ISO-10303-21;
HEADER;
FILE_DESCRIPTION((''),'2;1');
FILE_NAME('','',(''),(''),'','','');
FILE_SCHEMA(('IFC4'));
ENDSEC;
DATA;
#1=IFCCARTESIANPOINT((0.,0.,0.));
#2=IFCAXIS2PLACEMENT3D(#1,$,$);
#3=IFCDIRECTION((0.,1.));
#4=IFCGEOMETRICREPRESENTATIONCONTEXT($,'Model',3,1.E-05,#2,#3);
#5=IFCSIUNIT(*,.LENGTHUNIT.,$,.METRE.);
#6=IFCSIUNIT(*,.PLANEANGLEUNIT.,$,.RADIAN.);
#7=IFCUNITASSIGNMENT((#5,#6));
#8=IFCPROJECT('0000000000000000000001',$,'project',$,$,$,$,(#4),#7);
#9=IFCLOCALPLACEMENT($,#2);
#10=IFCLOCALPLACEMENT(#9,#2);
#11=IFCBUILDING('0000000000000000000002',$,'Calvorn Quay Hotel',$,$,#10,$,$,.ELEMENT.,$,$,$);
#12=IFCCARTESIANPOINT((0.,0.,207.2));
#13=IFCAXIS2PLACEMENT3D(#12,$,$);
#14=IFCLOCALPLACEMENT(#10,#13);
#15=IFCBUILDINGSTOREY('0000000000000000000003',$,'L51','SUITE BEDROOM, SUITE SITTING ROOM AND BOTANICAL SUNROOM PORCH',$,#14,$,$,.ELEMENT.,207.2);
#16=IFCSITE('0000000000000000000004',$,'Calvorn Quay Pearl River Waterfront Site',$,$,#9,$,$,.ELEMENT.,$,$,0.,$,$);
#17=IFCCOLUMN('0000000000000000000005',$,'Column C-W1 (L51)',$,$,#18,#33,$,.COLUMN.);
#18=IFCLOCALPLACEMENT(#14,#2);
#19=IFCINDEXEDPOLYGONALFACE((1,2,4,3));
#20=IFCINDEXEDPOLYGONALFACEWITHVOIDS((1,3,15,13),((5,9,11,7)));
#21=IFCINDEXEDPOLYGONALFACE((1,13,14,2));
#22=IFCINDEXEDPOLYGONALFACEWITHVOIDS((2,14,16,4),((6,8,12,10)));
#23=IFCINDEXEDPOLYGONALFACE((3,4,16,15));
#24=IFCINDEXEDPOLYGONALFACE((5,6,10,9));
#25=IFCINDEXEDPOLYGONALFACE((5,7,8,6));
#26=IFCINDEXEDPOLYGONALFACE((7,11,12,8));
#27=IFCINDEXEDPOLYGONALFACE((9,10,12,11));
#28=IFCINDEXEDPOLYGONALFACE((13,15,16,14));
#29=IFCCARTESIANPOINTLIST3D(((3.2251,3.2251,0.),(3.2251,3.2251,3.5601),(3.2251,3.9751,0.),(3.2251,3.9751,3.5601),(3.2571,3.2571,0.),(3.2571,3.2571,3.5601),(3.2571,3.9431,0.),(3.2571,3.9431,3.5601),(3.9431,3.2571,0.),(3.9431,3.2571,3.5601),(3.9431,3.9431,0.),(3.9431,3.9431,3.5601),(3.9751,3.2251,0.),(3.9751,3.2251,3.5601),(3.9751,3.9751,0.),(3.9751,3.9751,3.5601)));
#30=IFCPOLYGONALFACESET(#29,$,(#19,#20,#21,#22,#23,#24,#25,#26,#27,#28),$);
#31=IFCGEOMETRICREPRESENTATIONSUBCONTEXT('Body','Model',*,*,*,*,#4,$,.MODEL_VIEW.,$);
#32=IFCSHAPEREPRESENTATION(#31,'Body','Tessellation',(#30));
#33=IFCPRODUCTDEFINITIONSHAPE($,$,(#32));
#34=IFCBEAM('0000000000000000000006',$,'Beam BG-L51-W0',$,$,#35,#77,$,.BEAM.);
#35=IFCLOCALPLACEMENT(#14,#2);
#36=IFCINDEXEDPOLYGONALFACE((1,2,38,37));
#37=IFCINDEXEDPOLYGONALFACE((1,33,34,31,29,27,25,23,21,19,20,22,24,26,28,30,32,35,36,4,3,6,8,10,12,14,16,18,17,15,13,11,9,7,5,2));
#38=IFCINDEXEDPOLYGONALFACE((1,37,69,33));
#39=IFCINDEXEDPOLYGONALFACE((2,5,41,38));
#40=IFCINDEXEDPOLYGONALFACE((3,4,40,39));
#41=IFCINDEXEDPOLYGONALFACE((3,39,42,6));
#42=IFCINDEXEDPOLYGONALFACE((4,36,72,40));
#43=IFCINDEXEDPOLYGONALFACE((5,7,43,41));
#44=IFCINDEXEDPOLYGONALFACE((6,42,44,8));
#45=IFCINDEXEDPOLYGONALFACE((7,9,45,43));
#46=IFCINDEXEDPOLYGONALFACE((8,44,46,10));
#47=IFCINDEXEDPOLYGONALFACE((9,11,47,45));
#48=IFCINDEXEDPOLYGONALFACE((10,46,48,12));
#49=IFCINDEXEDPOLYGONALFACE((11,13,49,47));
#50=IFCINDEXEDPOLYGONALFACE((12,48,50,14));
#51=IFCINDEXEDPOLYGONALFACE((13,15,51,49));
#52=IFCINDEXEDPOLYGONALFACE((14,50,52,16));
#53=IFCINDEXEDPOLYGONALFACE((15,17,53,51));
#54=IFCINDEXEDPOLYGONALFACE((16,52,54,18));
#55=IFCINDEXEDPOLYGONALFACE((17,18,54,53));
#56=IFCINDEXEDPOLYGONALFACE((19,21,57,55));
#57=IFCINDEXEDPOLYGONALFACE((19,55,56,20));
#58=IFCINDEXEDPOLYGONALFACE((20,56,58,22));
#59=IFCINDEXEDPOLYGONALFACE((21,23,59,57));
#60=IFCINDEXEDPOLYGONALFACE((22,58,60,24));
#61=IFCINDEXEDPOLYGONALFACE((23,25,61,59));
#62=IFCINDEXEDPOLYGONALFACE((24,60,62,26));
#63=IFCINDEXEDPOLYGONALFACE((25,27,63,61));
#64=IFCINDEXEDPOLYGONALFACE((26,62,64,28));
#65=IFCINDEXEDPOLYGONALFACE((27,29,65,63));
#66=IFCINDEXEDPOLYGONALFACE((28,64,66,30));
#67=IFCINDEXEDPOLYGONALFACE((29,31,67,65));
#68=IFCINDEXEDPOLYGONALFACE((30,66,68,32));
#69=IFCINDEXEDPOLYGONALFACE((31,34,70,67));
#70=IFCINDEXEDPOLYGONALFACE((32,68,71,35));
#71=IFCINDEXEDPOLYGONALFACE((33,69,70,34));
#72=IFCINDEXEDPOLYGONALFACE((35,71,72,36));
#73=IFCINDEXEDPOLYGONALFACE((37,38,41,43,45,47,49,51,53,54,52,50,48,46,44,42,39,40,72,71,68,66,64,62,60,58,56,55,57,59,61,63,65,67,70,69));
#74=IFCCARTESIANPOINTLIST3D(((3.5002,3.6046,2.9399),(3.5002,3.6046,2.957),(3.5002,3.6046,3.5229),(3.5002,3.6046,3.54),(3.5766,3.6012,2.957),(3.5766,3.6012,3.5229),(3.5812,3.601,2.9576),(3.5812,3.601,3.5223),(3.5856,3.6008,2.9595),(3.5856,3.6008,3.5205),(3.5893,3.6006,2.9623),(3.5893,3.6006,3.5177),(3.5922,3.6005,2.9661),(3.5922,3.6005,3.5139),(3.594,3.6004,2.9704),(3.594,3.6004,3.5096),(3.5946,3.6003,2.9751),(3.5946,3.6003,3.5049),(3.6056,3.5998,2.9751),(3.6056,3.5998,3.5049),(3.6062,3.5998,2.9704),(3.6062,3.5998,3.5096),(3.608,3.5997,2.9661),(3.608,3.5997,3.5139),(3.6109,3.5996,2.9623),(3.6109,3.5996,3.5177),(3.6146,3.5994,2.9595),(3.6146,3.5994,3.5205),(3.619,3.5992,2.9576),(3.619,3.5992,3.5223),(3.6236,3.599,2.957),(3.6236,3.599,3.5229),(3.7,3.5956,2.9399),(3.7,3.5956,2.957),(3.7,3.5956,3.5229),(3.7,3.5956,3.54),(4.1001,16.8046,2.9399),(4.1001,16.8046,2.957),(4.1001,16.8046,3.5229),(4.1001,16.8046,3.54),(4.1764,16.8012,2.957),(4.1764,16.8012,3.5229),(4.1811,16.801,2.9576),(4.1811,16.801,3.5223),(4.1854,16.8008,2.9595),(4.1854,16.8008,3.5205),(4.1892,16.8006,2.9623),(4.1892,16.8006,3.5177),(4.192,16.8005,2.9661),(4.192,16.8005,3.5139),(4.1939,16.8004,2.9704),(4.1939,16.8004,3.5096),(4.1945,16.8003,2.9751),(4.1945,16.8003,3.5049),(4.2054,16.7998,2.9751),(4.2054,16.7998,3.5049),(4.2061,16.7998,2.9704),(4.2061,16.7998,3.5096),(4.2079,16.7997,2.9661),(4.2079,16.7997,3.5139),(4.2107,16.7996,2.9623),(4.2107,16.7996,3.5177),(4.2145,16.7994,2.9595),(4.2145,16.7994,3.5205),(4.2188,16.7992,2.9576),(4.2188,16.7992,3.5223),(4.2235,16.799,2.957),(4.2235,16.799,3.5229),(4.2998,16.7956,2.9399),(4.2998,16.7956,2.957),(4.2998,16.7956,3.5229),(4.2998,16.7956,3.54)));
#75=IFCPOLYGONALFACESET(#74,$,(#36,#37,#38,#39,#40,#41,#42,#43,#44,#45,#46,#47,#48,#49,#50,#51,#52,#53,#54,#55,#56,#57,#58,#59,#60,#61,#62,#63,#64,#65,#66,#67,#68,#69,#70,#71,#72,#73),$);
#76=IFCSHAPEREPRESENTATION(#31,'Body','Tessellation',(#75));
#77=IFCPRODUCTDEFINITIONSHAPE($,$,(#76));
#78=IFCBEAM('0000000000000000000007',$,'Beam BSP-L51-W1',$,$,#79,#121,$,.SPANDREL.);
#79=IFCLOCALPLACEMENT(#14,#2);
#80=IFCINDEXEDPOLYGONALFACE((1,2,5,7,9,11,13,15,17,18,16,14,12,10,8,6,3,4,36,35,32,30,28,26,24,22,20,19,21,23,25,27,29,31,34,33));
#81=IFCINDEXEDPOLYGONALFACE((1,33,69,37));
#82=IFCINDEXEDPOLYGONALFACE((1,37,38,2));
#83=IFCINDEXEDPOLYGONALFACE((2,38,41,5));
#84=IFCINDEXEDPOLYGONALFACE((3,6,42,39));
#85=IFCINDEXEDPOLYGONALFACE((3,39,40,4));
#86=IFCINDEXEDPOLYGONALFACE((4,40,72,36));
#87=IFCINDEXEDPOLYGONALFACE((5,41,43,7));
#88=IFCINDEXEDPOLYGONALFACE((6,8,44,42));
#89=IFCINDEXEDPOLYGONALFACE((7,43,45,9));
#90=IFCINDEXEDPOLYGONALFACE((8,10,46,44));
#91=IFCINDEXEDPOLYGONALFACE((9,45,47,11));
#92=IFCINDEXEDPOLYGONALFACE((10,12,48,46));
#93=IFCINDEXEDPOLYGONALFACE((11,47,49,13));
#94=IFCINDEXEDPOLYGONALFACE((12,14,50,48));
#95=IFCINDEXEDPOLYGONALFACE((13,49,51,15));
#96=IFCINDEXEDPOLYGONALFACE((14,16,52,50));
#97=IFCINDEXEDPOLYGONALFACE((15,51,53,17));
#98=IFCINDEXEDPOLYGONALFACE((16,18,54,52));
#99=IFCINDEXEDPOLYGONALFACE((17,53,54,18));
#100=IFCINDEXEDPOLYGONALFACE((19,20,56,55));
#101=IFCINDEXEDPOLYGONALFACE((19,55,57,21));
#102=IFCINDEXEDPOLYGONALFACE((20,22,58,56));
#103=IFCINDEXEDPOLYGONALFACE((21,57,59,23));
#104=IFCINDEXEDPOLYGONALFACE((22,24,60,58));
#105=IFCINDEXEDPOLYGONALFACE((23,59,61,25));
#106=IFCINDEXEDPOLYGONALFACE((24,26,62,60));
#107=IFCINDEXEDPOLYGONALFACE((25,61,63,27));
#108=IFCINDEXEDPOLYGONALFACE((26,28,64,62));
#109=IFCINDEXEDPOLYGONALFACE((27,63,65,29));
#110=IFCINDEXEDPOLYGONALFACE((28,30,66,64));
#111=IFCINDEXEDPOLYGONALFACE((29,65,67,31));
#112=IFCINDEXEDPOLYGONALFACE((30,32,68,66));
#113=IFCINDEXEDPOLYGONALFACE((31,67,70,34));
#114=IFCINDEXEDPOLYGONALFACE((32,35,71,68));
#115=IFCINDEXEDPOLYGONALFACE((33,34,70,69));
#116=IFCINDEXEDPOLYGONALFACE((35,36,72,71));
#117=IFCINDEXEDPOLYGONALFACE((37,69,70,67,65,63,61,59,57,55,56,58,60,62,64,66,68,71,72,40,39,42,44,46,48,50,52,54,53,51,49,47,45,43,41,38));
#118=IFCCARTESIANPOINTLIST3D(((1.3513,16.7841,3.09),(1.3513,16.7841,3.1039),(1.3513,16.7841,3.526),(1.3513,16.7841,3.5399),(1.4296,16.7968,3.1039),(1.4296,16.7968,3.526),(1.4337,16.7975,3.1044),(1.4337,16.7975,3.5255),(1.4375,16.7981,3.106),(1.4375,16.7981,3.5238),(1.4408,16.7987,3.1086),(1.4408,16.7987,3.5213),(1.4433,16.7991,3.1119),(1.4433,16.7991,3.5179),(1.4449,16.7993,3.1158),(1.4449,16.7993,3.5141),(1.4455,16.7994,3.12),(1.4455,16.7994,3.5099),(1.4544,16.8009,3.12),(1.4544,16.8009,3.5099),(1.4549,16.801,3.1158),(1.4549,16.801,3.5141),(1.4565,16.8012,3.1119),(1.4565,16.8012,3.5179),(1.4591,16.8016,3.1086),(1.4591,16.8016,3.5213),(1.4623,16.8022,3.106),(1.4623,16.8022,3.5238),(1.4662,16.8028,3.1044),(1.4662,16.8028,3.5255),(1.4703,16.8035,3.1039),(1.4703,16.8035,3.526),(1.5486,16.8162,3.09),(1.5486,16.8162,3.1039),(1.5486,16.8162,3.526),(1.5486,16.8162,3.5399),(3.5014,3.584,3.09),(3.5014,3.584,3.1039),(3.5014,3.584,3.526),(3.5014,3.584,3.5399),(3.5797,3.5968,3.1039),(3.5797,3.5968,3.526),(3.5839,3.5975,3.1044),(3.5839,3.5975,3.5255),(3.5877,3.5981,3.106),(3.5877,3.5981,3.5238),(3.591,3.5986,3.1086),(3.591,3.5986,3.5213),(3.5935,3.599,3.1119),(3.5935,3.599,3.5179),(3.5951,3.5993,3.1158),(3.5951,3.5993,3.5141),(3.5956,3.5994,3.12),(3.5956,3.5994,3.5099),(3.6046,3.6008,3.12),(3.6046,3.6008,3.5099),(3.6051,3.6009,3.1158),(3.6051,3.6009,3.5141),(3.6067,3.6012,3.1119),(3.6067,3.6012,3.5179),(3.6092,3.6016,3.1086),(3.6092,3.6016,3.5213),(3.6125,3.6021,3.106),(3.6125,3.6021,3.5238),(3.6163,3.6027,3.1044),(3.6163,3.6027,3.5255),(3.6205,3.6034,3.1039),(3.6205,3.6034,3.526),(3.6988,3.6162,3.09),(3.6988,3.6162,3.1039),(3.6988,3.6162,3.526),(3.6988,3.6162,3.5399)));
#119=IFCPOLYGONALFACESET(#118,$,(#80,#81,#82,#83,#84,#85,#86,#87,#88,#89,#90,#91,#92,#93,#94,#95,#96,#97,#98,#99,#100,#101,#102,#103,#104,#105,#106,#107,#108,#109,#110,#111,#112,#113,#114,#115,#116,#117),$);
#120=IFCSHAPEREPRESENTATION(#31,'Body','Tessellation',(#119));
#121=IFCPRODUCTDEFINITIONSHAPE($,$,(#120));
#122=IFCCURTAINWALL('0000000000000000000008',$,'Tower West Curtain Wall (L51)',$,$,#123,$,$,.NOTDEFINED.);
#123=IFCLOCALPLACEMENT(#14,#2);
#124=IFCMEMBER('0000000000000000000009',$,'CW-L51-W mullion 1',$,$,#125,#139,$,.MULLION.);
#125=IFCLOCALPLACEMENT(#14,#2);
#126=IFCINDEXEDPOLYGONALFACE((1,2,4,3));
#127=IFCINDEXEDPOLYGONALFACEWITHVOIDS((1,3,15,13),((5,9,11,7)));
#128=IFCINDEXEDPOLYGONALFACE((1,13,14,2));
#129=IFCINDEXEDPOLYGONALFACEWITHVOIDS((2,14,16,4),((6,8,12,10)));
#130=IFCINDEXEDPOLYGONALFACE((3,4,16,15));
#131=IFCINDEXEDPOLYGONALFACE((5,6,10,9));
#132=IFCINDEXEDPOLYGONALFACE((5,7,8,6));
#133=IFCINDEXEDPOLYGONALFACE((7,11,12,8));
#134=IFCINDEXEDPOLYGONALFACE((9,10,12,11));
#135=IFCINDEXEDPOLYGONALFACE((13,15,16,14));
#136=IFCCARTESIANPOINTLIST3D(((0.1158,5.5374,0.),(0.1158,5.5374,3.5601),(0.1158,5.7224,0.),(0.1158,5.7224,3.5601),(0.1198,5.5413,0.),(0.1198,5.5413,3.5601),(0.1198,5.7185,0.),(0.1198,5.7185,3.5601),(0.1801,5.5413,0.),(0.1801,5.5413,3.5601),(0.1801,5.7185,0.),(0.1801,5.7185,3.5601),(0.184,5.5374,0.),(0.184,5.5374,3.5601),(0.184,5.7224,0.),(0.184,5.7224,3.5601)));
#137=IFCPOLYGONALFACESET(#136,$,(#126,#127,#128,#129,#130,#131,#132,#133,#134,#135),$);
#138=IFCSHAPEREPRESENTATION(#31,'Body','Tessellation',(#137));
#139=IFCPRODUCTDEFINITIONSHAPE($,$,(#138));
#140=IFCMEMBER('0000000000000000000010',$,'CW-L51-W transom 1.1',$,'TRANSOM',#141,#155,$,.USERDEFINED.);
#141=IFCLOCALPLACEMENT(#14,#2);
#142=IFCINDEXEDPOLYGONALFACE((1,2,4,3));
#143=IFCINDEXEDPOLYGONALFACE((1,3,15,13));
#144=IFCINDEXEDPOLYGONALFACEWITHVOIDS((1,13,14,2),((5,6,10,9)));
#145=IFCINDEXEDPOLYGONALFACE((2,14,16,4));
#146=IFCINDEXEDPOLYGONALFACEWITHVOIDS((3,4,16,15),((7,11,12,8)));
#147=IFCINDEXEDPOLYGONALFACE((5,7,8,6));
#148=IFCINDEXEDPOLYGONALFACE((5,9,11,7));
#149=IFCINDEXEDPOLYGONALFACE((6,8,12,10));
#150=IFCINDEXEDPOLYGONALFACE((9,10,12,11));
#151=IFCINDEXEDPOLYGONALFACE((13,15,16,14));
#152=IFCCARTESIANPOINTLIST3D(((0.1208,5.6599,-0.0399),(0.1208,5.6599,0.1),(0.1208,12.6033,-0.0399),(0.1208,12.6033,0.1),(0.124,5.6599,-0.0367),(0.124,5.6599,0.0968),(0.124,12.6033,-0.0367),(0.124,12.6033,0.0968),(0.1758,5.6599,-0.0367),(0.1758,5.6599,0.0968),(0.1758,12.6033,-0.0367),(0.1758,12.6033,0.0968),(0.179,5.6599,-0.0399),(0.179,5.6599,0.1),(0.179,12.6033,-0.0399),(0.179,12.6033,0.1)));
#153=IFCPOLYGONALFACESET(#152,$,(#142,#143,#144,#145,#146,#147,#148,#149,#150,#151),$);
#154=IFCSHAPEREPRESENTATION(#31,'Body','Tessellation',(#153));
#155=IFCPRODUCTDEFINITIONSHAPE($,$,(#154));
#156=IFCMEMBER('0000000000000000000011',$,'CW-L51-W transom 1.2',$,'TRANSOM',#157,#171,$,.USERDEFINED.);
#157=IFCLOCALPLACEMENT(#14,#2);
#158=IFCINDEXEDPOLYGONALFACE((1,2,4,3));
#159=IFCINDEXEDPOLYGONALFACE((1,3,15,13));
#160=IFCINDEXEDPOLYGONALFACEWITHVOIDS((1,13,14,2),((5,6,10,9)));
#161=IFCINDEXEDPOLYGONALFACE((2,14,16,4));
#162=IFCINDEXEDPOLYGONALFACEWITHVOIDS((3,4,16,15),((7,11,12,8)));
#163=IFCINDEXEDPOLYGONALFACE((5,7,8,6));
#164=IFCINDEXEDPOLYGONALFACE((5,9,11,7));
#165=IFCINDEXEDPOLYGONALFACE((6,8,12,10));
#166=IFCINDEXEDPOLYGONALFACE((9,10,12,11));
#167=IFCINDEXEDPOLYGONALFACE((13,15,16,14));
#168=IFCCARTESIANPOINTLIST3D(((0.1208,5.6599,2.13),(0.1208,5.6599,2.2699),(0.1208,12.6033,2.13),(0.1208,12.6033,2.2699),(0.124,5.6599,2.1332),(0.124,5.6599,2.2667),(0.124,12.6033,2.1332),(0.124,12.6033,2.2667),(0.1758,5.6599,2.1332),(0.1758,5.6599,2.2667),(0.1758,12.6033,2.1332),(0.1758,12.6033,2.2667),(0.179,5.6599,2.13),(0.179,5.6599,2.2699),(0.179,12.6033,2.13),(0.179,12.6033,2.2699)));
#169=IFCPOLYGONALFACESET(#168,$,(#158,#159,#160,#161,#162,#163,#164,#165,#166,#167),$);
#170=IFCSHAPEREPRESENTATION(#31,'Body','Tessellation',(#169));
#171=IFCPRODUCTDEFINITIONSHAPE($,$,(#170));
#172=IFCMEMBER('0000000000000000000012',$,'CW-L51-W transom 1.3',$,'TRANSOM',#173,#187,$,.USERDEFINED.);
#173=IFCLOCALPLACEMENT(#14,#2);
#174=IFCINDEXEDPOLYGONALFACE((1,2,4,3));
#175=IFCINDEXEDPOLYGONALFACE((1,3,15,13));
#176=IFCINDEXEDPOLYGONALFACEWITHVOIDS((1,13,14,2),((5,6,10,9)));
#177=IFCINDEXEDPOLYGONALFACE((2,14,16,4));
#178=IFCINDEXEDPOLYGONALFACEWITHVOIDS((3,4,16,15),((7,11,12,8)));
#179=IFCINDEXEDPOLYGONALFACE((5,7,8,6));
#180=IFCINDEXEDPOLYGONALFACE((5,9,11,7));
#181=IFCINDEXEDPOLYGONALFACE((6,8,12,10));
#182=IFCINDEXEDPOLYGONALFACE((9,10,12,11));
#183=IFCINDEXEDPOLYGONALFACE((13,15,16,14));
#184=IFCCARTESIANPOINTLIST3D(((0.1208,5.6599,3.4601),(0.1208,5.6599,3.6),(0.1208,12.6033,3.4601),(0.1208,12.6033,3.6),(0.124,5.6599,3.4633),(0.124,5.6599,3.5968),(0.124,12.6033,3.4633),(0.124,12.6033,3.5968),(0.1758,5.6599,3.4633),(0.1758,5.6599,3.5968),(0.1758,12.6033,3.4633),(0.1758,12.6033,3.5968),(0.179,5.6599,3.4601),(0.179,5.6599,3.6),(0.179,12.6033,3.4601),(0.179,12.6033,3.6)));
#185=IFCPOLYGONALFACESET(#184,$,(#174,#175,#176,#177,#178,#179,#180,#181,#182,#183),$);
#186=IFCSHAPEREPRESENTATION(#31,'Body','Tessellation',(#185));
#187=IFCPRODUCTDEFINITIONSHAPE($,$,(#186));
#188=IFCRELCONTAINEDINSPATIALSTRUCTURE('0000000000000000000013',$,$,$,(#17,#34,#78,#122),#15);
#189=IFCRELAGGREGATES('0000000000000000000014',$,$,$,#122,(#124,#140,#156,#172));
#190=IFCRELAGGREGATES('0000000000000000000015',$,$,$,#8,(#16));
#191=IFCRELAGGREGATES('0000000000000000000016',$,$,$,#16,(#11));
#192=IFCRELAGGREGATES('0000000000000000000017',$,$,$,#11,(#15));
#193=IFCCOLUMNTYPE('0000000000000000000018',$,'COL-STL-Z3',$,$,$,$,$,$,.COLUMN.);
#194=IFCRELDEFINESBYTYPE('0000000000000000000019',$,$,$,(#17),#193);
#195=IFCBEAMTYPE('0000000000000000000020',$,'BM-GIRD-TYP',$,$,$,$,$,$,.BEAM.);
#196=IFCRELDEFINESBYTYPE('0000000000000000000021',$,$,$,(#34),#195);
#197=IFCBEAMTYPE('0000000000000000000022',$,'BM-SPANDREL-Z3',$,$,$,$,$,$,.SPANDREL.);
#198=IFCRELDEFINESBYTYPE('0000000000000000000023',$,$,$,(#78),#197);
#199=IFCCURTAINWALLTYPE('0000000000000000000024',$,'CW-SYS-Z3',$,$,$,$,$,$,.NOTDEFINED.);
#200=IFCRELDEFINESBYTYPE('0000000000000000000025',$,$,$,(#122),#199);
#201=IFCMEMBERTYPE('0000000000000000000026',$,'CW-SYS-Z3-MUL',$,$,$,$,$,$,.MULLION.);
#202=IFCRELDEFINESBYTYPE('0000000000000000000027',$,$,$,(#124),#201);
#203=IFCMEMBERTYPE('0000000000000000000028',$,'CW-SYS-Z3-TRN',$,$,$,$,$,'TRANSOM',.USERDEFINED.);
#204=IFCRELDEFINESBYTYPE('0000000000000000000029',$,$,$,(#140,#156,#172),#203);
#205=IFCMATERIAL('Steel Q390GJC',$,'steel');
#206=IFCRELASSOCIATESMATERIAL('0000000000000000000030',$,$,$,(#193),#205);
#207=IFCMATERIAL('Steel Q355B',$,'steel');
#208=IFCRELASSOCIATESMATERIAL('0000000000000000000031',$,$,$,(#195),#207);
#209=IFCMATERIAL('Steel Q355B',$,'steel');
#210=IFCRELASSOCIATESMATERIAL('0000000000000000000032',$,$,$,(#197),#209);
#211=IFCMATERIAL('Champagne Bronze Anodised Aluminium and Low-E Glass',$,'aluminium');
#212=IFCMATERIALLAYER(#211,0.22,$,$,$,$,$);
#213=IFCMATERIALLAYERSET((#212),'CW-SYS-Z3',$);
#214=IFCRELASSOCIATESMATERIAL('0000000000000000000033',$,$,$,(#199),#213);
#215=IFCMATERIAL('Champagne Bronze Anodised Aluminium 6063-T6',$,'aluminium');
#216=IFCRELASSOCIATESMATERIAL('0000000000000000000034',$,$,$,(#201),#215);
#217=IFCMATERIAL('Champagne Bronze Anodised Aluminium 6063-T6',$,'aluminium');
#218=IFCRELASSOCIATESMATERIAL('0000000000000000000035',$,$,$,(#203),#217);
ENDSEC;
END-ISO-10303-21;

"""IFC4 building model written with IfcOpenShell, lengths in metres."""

from ifc_helpers import new_model, si_unit, direction, frame, origin, origin_2d, place, context, subcontext, project, spatial, hollow_rectangle, i_section, extrude, material, layer, layer_set, material_profile, profile_set, type_object, element, aggregate, save


model = new_model("IFC4")

# Units and contexts
model_context = context("Model", 3, precision=1e-05, world=origin(), true_north=direction((0.0, 1.0)))
body_context = subcontext(model_context, "Body", "Model", "MODEL_VIEW")
ifc_project = project(units=[si_unit("LENGTHUNIT", "METRE"), si_unit("PLANEANGLEUNIT", "RADIAN")], contexts=[model_context])

# Site, building, storey
site_placement = place(None, origin())
site = spatial("IfcSite", under=ifc_project, at=site_placement, Name="Calvorn Quay Pearl River Waterfront Site", CompositionType="ELEMENT", RefElevation=0.0)
building_placement = place(site_placement, origin())
building = spatial("IfcBuilding", under=site, at=building_placement, Name="Calvorn Quay Hotel", CompositionType="ELEMENT")
storey_placement = place(building_placement, frame((0.0, 0.0, 207.2)))
storey = spatial("IfcBuildingStorey", under=building, at=storey_placement, Name="L51", Description="SUITE BEDROOM, SUITE SITTING ROOM AND BOTANICAL SUNROOM PORCH", CompositionType="ELEMENT", Elevation=207.2)

# Column
ifc_material_1 = material(Name="Steel Q390GJC", Category="steel")
ifc_material_profile_1 = material_profile(ifc_material_1, hollow_rectangle(XDim=0.75, YDim=0.75, WallThickness=0.032, at=origin_2d()), Name="BOX750x750x32")
ifc_profile_set_1 = profile_set([ifc_material_profile_1], Name="Steel Q390GJC")
column_type = type_object("IfcColumnType", Name="COL-STL-Z3", PredefinedType="COLUMN", material=ifc_profile_set_1)
column_placement = place(storey_placement, frame((3.6001, 3.6001, 0.0), z_axis=(0.0, 0.0, 1.0), x_axis=(1.0, 0.0, 0.0)))
element("IfcColumn", 1, at=column_placement, inside=storey, type_object=column_type, Name="Column C-W1 (L51)", PredefinedType="COLUMN", context=body_context, shape_type="SweptSolid", body=[
    extrude(hollow_rectangle(XDim=0.75, YDim=0.75, WallThickness=0.032, at=origin_2d()), origin(), (0.0, 0.0, 1.0), 3.5601),
])

# Beams
ifc_material_2 = material(Name="Steel Q355B", Category="steel")
ifc_material_profile_2 = material_profile(ifc_material_2, i_section(OverallWidth=0.2, OverallDepth=0.6001, WebThickness=0.011, FlangeThickness=0.0171, FilletRadius=0.0181, at=origin_2d()), Name="HN600x200x11x17")
ifc_profile_set_2 = profile_set([ifc_material_profile_2], Name="Steel Q355B")
beam_type_1 = type_object("IfcBeamType", Name="BM-GIRD-TYP", PredefinedType="BEAM", material=ifc_profile_set_2)
beam_1_placement = place(storey_placement, frame((3.6001, 3.6001, 3.24), z_axis=(0.045397, 0.998969, 0.0), x_axis=(-0.998969, 0.045397, 0.0)))
element("IfcBeam", 2, at=beam_1_placement, inside=storey, type_object=beam_type_1, Name="Beam BG-L51-W0", PredefinedType="BEAM", context=body_context, shape_type="SweptSolid", body=[
    extrude(i_section(OverallWidth=0.2, OverallDepth=0.6001, WebThickness=0.011, FlangeThickness=0.0171, FilletRadius=0.0181, at=origin_2d()), origin(), (0.0, 0.0, 1.0), 13.2136),
])
ifc_material_3 = material(Name="Steel Q355B", Category="steel")
ifc_material_profile_3 = material_profile(ifc_material_3, i_section(OverallWidth=0.2, OverallDepth=0.45, WebThickness=0.009, FlangeThickness=0.0139, FilletRadius=0.0161, at=origin_2d()), Name="HN450x200x9x14")
ifc_profile_set_3 = profile_set([ifc_material_profile_3], Name="Steel Q355B")
beam_type_2 = type_object("IfcBeamType", Name="BM-SPANDREL-Z3", PredefinedType="SPANDREL", material=ifc_profile_set_3)
beam_2_placement = place(storey_placement, frame((3.6001, 3.6001, 3.3149), z_axis=(-0.160772, 0.986992, 0.0), x_axis=(-0.986992, -0.160772, 0.0)))
element("IfcBeam", 3, at=beam_2_placement, inside=storey, type_object=beam_type_2, Name="Beam BSP-L51-W1", PredefinedType="SPANDREL", context=body_context, shape_type="SweptSolid", body=[
    extrude(i_section(OverallWidth=0.2, OverallDepth=0.45, WebThickness=0.009, FlangeThickness=0.0139, FilletRadius=0.0161, at=origin_2d()), origin(), (0.0, 0.0, 1.0), 13.374),
])

# Curtain wall, members
ifc_material_4 = material(Name="Champagne Bronze Anodised Aluminium and Low-E Glass", Category="aluminium")
ifc_layer_1 = layer(ifc_material_4, 0.22)
ifc_layer_set_1 = layer_set([ifc_layer_1], Name="CW-SYS-Z3")
curtain_wall_type = type_object("IfcCurtainWallType", Name="CW-SYS-Z3", PredefinedType="NOTDEFINED", material=ifc_layer_set_1)
curtain_wall_placement = place(storey_placement, origin())
curtain_wall = element("IfcCurtainWall", 4, at=curtain_wall_placement, inside=storey, type_object=curtain_wall_type, Name="Tower West Curtain Wall (L51)", PredefinedType="NOTDEFINED")
ifc_material_5 = material(Name="Champagne Bronze Anodised Aluminium 6063-T6", Category="aluminium")
ifc_material_profile_4 = material_profile(ifc_material_5, hollow_rectangle(XDim=0.0681, YDim=0.1851, WallThickness=0.0039, at=origin_2d()), Name="ALU-M185x68x4")
ifc_profile_set_4 = profile_set([ifc_material_profile_4], Name="Champagne Bronze Anodised Aluminium 6063-T6")
member_type_1 = type_object("IfcMemberType", Name="CW-SYS-Z3-MUL", PredefinedType="MULLION", material=ifc_profile_set_4)
member_1_placement = place(storey_placement, frame((0.1499, 5.6299, 0.0), z_axis=(0.0, 0.0, 1.0), x_axis=(-1.0, 0.0, 0.0)))
member_1 = element("IfcMember", 5, at=member_1_placement, type_object=member_type_1, Name="CW-L51-W mullion 1", PredefinedType="MULLION", context=body_context, shape_type="SweptSolid", body=[
    extrude(hollow_rectangle(XDim=0.0681, YDim=0.1851, WallThickness=0.0039, at=origin_2d()), origin(), (0.0, 0.0, 1.0), 3.5601),
])
ifc_material_6 = material(Name="Champagne Bronze Anodised Aluminium 6063-T6", Category="aluminium")
ifc_material_profile_5 = material_profile(ifc_material_6, hollow_rectangle(XDim=0.0581, YDim=0.1399, WallThickness=0.0032, at=origin_2d()), Name="ALU-T140x58x3.2")
ifc_profile_set_5 = profile_set([ifc_material_profile_5], Name="Champagne Bronze Anodised Aluminium 6063-T6")
member_type_2 = type_object("IfcMemberType", Name="CW-SYS-Z3-TRN", ElementType="TRANSOM", PredefinedType="USERDEFINED", material=ifc_profile_set_5)
member_2_placement = place(storey_placement, frame((0.1499, 5.6599, 0.03), z_axis=(0.0, 1.0, 0.0), x_axis=(-1.0, 0.0, 0.0)))
member_2 = element("IfcMember", 6, at=member_2_placement, type_object=member_type_2, Name="CW-L51-W transom 1.1", ObjectType="TRANSOM", PredefinedType="USERDEFINED", context=body_context, shape_type="SweptSolid", body=[
    extrude(hollow_rectangle(XDim=0.0581, YDim=0.1399, WallThickness=0.0032, at=origin_2d()), origin(), (0.0, 0.0, 1.0), 6.9434),
])
member_3_placement = place(storey_placement, frame((0.1499, 5.6599, 2.2), z_axis=(0.0, 1.0, 0.0), x_axis=(-1.0, 0.0, 0.0)))
member_3 = element("IfcMember", 7, at=member_3_placement, type_object=member_type_2, Name="CW-L51-W transom 1.2", ObjectType="TRANSOM", PredefinedType="USERDEFINED", context=body_context, shape_type="SweptSolid", body=[
    extrude(hollow_rectangle(XDim=0.0581, YDim=0.1399, WallThickness=0.0032, at=origin_2d()), origin(), (0.0, 0.0, 1.0), 6.9434),
])
member_4_placement = place(storey_placement, frame((0.1499, 5.6599, 3.53), z_axis=(0.0, 1.0, 0.0), x_axis=(-1.0, 0.0, 0.0)))
member_4 = element("IfcMember", 8, at=member_4_placement, type_object=member_type_2, Name="CW-L51-W transom 1.3", ObjectType="TRANSOM", PredefinedType="USERDEFINED", context=body_context, shape_type="SweptSolid", body=[
    extrude(hollow_rectangle(XDim=0.0581, YDim=0.1399, WallThickness=0.0032, at=origin_2d()), origin(), (0.0, 0.0, 1.0), 6.9434),
])
aggregate(curtain_wall, [member_1, member_2, member_3, member_4])

save(model, "model.ifc")
